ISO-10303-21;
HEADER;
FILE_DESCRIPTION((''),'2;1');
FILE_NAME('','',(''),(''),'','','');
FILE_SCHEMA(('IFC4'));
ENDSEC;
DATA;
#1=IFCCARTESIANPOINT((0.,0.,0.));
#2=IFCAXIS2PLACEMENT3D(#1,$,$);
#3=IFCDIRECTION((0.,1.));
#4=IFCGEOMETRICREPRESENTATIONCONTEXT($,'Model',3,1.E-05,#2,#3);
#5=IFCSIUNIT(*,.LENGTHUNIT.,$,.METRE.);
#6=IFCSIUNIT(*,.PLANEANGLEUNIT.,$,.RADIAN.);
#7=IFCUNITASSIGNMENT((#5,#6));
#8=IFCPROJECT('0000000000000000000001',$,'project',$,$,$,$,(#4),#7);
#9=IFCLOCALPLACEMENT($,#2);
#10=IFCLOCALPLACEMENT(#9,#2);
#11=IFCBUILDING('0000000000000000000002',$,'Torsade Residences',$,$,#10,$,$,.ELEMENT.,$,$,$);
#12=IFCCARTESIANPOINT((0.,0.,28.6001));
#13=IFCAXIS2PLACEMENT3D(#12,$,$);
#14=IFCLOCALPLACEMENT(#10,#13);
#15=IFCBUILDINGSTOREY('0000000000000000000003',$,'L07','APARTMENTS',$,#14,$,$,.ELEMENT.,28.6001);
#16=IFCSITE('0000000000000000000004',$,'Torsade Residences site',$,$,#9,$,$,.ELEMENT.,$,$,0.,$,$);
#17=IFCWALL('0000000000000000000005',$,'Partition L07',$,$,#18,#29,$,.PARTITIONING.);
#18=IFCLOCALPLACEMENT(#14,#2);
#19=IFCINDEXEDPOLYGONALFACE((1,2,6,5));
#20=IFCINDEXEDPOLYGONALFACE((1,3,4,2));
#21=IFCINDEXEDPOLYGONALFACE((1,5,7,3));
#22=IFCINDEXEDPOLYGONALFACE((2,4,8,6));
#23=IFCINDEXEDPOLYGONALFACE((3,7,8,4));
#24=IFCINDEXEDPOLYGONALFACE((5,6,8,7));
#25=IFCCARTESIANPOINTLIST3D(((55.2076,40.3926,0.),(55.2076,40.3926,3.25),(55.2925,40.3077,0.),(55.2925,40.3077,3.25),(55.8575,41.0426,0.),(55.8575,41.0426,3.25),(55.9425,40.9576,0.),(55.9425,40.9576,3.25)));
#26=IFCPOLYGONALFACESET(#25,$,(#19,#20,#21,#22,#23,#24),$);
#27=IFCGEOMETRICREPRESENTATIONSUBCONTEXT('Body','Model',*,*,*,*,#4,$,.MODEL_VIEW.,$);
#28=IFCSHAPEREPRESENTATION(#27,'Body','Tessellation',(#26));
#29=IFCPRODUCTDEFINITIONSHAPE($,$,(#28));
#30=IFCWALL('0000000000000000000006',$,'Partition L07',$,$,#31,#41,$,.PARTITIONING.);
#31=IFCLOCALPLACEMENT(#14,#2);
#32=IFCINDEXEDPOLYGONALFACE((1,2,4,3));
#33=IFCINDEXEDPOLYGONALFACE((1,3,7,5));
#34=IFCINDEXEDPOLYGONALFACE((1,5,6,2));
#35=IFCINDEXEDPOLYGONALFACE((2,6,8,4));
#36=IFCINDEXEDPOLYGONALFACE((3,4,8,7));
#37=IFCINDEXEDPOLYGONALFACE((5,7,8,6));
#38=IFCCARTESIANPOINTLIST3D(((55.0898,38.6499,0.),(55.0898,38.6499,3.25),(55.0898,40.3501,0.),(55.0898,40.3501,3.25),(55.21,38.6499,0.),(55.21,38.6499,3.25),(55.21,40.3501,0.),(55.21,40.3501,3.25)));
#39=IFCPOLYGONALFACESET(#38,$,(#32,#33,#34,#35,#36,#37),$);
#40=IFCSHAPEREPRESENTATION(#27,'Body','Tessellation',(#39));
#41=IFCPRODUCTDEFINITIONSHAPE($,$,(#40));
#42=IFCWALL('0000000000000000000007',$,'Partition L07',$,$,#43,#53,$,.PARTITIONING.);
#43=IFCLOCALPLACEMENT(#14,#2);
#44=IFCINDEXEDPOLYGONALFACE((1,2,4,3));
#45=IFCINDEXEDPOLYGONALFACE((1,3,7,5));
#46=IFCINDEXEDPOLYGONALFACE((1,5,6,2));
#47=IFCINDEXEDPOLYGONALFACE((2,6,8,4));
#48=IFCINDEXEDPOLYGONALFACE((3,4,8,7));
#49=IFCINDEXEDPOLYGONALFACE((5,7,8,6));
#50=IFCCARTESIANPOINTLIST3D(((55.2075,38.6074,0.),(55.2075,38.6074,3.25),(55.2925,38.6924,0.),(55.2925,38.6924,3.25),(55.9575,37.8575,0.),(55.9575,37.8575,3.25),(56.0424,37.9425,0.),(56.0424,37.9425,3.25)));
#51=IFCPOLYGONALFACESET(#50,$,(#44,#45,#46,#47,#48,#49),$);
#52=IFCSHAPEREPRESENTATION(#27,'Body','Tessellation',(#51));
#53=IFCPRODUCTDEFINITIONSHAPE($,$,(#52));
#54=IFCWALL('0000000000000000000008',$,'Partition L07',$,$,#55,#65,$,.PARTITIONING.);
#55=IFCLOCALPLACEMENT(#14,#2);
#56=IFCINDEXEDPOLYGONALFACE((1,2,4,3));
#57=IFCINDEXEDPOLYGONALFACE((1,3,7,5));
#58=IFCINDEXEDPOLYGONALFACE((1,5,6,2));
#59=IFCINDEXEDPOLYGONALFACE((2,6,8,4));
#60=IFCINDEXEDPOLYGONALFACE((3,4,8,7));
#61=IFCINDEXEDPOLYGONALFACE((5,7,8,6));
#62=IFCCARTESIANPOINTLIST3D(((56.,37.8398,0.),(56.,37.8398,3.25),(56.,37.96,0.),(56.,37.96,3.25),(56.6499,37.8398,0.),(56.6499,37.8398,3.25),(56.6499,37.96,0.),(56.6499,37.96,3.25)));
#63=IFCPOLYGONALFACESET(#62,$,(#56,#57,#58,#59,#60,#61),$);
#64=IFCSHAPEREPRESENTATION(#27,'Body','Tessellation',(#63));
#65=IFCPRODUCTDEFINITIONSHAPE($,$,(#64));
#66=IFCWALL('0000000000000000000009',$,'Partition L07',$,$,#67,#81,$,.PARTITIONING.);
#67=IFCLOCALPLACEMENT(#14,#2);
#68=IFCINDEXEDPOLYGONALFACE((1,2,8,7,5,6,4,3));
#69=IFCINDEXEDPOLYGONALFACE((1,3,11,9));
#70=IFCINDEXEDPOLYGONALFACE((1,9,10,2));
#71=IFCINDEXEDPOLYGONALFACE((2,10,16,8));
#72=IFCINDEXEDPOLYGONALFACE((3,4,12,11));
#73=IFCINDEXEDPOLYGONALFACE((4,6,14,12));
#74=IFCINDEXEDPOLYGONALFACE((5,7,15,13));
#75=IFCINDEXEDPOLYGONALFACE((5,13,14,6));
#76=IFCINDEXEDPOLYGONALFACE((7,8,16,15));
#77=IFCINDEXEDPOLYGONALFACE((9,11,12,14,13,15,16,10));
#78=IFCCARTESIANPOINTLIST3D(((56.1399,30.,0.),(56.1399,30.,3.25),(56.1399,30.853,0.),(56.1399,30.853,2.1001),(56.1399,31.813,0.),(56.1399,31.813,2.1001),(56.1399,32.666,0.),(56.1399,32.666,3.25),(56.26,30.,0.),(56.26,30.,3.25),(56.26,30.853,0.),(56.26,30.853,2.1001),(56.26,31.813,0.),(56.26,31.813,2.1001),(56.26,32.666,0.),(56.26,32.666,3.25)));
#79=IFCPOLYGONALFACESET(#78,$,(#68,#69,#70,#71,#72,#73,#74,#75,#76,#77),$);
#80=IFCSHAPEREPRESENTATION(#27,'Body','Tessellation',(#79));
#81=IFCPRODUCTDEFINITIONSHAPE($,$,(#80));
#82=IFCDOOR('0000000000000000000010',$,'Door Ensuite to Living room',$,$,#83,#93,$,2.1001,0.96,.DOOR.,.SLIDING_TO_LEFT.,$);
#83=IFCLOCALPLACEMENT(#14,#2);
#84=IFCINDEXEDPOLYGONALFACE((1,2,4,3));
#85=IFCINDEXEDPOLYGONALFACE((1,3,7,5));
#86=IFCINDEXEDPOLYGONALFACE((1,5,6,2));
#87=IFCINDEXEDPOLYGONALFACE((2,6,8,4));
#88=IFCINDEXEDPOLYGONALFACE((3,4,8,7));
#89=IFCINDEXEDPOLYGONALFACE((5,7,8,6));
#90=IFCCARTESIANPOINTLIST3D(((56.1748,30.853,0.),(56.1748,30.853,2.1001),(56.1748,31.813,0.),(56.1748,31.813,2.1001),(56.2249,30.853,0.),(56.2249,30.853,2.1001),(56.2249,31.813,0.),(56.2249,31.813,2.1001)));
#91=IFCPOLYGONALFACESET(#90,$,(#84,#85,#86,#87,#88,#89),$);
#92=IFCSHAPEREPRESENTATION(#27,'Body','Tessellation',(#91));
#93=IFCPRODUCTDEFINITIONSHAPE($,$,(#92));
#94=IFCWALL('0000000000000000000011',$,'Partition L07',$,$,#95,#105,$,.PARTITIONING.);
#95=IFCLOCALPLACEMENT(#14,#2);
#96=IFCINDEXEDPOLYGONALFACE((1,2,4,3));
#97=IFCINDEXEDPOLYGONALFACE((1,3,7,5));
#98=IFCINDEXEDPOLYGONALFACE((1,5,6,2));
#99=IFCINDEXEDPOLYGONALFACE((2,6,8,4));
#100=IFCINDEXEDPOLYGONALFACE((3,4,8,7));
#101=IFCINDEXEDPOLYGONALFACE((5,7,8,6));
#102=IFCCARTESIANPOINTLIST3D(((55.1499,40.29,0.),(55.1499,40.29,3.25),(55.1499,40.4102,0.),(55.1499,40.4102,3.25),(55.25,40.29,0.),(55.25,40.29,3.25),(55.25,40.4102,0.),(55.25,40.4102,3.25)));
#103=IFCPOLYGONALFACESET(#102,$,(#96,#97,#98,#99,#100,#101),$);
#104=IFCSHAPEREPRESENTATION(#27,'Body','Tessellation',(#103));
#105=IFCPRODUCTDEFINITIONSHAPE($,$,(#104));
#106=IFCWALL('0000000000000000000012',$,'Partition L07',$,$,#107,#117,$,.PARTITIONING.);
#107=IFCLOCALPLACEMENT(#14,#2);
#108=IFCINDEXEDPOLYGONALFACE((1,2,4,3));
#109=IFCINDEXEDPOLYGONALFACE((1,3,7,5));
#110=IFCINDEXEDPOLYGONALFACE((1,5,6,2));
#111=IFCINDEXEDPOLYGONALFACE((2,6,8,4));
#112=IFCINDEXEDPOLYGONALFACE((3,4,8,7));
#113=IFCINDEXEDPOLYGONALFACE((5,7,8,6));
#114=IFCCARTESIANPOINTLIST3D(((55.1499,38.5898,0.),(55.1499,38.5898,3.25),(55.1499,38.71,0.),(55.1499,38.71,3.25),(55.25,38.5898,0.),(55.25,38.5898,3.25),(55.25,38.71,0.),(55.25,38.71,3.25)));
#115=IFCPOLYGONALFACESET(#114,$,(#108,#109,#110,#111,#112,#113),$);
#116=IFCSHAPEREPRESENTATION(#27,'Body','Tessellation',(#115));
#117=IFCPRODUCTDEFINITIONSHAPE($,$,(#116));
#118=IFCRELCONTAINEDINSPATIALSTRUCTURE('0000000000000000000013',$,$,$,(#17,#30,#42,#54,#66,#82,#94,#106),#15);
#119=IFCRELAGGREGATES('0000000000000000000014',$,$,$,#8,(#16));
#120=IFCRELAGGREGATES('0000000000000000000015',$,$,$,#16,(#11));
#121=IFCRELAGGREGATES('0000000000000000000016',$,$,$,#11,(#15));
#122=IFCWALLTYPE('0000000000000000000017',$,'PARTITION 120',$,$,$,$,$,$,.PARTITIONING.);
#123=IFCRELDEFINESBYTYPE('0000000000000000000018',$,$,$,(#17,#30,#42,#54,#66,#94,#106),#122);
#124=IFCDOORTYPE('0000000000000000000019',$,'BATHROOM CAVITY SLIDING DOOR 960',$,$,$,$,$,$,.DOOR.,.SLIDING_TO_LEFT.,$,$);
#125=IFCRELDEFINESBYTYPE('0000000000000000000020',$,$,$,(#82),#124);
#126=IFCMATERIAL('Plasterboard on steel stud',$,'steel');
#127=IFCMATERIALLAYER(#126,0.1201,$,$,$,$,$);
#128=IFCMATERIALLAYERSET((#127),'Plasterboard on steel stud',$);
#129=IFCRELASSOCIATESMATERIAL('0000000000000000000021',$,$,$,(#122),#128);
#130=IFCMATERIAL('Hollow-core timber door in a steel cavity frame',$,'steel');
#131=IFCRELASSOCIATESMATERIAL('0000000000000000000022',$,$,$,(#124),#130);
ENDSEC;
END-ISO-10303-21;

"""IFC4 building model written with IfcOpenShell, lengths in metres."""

from ifc_helpers import new_model, si_unit, direction, frame, frame_2d, origin, place, context, subcontext, project, spatial, rectangle, extrude, material, layer, layer_set, type_object, element, fill, save


model = new_model("IFC4")

# Units and contexts
model_context = context("Model", 3, precision=1e-05, world=origin(), true_north=direction((0.0, 1.0)))
body_context = subcontext(model_context, "Body", "Model", "MODEL_VIEW")
ifc_project = project(units=[si_unit("LENGTHUNIT", "METRE"), si_unit("PLANEANGLEUNIT", "RADIAN")], contexts=[model_context])

# Site, building, storey
site_placement = place(None, origin())
site = spatial("IfcSite", under=ifc_project, at=site_placement, Name="Torsade Residences site", CompositionType="ELEMENT", RefElevation=0.0)
building_placement = place(site_placement, origin())
building = spatial("IfcBuilding", under=site, at=building_placement, Name="Torsade Residences", CompositionType="ELEMENT")
storey_placement = place(building_placement, frame((0.0, 0.0, 28.6001)))
storey = spatial("IfcBuildingStorey", under=building, at=storey_placement, Name="L07", Description="APARTMENTS", CompositionType="ELEMENT", Elevation=28.6001)

# Shared definitions
ifc_material_1 = material(Name="Plasterboard on steel stud", Category="steel")
ifc_layer_1 = layer(ifc_material_1, 0.1201)
ifc_layer_set_1 = layer_set([ifc_layer_1], Name="Plasterboard on steel stud")
wall_type_1 = type_object("IfcWallType", Name="PARTITION 120", PredefinedType="PARTITIONING", material=ifc_layer_set_1)
ifc_material_2 = material(Name="Hollow-core timber door in a steel cavity frame", Category="steel")
door_type_1 = type_object("IfcDoorType", Name="BATHROOM CAVITY SLIDING DOOR 960", OperationType="SLIDING_TO_LEFT", PredefinedType="DOOR", material=ifc_material_2)

# Walls
wall_1_placement = place(storey_placement, frame((55.8999, 41.0, 0.0), z_axis=(0.0, 0.0, 1.0), x_axis=(-0.707107, -0.707107, 0.0)))
element("IfcWall", 1, at=wall_1_placement, inside=storey, type_object=wall_type_1, Name="Partition L07", PredefinedType="PARTITIONING", context=body_context, shape_type="SweptSolid", body=[
    extrude(rectangle(XDim=0.9192, YDim=0.1201, at=frame_2d((0.4595, 0.0))), origin(), (0.0, 0.0, 1.0), 3.25),
])
wall_2_placement = place(storey_placement, frame((55.1499, 40.3501, 0.0), z_axis=(0.0, 0.0, 1.0), x_axis=(0.0, -1.0, 0.0)))
element("IfcWall", 2, at=wall_2_placement, inside=storey, type_object=wall_type_1, Name="Partition L07", PredefinedType="PARTITIONING", context=body_context, shape_type="SweptSolid", body=[
    extrude(rectangle(XDim=1.7002, YDim=0.1201, at=frame_2d((0.8501, 0.0))), origin(), (0.0, 0.0, 1.0), 3.25),
])
wall_3_placement = place(storey_placement, frame((55.25, 38.6499, 0.0), z_axis=(0.0, 0.0, 1.0), x_axis=(0.707107, -0.707107, 0.0)))
element("IfcWall", 3, at=wall_3_placement, inside=storey, type_object=wall_type_1, Name="Partition L07", PredefinedType="PARTITIONING", context=body_context, shape_type="SweptSolid", body=[
    extrude(rectangle(XDim=1.0605, YDim=0.1201, at=frame_2d((0.5303, 0.0))), origin(), (0.0, 0.0, 1.0), 3.25),
])
wall_4_placement = place(storey_placement, frame((56.0, 37.8999, 0.0), z_axis=(0.0, 0.0, 1.0), x_axis=(1.0, 0.0, 0.0)))
element("IfcWall", 4, at=wall_4_placement, inside=storey, type_object=wall_type_1, Name="Partition L07", PredefinedType="PARTITIONING", context=body_context, shape_type="SweptSolid", body=[
    extrude(rectangle(XDim=0.6499, YDim=0.1201, at=frame_2d((0.325, 0.0))), origin(), (0.0, 0.0, 1.0), 3.25),
])

# Wall, opening, door
wall_5_placement = place(storey_placement, frame((56.2, 32.666, 0.0), z_axis=(0.0, 0.0, 1.0), x_axis=(0.0, -1.0, 0.0)))
wall_5 = element("IfcWall", 5, at=wall_5_placement, inside=storey, type_object=wall_type_1, Name="Partition L07", PredefinedType="PARTITIONING", context=body_context, shape_type="SweptSolid", body=[
    extrude(rectangle(XDim=2.666, YDim=0.1201, at=frame_2d((1.333, 0.0))), origin(), (0.0, 0.0, 1.0), 3.25),
])
opening_1_placement = place(wall_5_placement, frame((0.853, 0.0, 0.0)))
opening_1 = element("IfcOpeningElement", 6, at=opening_1_placement, cuts=wall_5, PredefinedType="OPENING", context=body_context, shape_type="SweptSolid", body=[
    extrude(rectangle(XDim=0.96, YDim=2.1001, at=frame_2d((0.48, 1.05))), frame((0.0, 0.0701, 0.0), z_axis=(0.0, -1.0, 0.0), x_axis=(1.0, 0.0, 0.0)), (0.0, 0.0, 1.0), 0.1401),
])
door_1_placement = place(opening_1_placement, origin())
door_1 = element("IfcDoor", 7, at=door_1_placement, inside=storey, type_object=door_type_1, Name="Door Ensuite to Living room", OperationType="SLIDING_TO_LEFT", OverallHeight=2.1001, OverallWidth=0.96, PredefinedType="DOOR", context=body_context, shape_type="SweptSolid", body=[
    extrude(rectangle(XDim=0.96, YDim=2.1001, at=frame_2d((0.48, 1.05))), frame((0.0, 0.0249, 0.0), z_axis=(0.0, -1.0, 0.0), x_axis=(1.0, 0.0, 0.0)), (0.0, 0.0, 1.0), 0.05),
])
fill(opening_1, door_1)

# Walls
for number, where, z_axis, x_axis, name in (
    (8, (55.1499, 40.3501, 0.0), (0.0, 0.0, 1.0), (1.0, 0.0, 0.0), "Partition L07"),
    (9, (55.1499, 38.6499, 0.0), (0.0, 0.0, 1.0), (1.0, 0.0, 0.0), "Partition L07"),
):
    element("IfcWall", number, at=place(storey_placement, frame(where, z_axis=z_axis, x_axis=x_axis)), inside=storey, type_object=wall_type_1, Name=name, PredefinedType="PARTITIONING", context=body_context, shape_type="SweptSolid", body=[
        extrude(rectangle(XDim=0.1001, YDim=0.1201, at=frame_2d((0.05, 0.0))), origin(), (0.0, 0.0, 1.0), 3.25),
    ])

save(model, "model.ifc")
